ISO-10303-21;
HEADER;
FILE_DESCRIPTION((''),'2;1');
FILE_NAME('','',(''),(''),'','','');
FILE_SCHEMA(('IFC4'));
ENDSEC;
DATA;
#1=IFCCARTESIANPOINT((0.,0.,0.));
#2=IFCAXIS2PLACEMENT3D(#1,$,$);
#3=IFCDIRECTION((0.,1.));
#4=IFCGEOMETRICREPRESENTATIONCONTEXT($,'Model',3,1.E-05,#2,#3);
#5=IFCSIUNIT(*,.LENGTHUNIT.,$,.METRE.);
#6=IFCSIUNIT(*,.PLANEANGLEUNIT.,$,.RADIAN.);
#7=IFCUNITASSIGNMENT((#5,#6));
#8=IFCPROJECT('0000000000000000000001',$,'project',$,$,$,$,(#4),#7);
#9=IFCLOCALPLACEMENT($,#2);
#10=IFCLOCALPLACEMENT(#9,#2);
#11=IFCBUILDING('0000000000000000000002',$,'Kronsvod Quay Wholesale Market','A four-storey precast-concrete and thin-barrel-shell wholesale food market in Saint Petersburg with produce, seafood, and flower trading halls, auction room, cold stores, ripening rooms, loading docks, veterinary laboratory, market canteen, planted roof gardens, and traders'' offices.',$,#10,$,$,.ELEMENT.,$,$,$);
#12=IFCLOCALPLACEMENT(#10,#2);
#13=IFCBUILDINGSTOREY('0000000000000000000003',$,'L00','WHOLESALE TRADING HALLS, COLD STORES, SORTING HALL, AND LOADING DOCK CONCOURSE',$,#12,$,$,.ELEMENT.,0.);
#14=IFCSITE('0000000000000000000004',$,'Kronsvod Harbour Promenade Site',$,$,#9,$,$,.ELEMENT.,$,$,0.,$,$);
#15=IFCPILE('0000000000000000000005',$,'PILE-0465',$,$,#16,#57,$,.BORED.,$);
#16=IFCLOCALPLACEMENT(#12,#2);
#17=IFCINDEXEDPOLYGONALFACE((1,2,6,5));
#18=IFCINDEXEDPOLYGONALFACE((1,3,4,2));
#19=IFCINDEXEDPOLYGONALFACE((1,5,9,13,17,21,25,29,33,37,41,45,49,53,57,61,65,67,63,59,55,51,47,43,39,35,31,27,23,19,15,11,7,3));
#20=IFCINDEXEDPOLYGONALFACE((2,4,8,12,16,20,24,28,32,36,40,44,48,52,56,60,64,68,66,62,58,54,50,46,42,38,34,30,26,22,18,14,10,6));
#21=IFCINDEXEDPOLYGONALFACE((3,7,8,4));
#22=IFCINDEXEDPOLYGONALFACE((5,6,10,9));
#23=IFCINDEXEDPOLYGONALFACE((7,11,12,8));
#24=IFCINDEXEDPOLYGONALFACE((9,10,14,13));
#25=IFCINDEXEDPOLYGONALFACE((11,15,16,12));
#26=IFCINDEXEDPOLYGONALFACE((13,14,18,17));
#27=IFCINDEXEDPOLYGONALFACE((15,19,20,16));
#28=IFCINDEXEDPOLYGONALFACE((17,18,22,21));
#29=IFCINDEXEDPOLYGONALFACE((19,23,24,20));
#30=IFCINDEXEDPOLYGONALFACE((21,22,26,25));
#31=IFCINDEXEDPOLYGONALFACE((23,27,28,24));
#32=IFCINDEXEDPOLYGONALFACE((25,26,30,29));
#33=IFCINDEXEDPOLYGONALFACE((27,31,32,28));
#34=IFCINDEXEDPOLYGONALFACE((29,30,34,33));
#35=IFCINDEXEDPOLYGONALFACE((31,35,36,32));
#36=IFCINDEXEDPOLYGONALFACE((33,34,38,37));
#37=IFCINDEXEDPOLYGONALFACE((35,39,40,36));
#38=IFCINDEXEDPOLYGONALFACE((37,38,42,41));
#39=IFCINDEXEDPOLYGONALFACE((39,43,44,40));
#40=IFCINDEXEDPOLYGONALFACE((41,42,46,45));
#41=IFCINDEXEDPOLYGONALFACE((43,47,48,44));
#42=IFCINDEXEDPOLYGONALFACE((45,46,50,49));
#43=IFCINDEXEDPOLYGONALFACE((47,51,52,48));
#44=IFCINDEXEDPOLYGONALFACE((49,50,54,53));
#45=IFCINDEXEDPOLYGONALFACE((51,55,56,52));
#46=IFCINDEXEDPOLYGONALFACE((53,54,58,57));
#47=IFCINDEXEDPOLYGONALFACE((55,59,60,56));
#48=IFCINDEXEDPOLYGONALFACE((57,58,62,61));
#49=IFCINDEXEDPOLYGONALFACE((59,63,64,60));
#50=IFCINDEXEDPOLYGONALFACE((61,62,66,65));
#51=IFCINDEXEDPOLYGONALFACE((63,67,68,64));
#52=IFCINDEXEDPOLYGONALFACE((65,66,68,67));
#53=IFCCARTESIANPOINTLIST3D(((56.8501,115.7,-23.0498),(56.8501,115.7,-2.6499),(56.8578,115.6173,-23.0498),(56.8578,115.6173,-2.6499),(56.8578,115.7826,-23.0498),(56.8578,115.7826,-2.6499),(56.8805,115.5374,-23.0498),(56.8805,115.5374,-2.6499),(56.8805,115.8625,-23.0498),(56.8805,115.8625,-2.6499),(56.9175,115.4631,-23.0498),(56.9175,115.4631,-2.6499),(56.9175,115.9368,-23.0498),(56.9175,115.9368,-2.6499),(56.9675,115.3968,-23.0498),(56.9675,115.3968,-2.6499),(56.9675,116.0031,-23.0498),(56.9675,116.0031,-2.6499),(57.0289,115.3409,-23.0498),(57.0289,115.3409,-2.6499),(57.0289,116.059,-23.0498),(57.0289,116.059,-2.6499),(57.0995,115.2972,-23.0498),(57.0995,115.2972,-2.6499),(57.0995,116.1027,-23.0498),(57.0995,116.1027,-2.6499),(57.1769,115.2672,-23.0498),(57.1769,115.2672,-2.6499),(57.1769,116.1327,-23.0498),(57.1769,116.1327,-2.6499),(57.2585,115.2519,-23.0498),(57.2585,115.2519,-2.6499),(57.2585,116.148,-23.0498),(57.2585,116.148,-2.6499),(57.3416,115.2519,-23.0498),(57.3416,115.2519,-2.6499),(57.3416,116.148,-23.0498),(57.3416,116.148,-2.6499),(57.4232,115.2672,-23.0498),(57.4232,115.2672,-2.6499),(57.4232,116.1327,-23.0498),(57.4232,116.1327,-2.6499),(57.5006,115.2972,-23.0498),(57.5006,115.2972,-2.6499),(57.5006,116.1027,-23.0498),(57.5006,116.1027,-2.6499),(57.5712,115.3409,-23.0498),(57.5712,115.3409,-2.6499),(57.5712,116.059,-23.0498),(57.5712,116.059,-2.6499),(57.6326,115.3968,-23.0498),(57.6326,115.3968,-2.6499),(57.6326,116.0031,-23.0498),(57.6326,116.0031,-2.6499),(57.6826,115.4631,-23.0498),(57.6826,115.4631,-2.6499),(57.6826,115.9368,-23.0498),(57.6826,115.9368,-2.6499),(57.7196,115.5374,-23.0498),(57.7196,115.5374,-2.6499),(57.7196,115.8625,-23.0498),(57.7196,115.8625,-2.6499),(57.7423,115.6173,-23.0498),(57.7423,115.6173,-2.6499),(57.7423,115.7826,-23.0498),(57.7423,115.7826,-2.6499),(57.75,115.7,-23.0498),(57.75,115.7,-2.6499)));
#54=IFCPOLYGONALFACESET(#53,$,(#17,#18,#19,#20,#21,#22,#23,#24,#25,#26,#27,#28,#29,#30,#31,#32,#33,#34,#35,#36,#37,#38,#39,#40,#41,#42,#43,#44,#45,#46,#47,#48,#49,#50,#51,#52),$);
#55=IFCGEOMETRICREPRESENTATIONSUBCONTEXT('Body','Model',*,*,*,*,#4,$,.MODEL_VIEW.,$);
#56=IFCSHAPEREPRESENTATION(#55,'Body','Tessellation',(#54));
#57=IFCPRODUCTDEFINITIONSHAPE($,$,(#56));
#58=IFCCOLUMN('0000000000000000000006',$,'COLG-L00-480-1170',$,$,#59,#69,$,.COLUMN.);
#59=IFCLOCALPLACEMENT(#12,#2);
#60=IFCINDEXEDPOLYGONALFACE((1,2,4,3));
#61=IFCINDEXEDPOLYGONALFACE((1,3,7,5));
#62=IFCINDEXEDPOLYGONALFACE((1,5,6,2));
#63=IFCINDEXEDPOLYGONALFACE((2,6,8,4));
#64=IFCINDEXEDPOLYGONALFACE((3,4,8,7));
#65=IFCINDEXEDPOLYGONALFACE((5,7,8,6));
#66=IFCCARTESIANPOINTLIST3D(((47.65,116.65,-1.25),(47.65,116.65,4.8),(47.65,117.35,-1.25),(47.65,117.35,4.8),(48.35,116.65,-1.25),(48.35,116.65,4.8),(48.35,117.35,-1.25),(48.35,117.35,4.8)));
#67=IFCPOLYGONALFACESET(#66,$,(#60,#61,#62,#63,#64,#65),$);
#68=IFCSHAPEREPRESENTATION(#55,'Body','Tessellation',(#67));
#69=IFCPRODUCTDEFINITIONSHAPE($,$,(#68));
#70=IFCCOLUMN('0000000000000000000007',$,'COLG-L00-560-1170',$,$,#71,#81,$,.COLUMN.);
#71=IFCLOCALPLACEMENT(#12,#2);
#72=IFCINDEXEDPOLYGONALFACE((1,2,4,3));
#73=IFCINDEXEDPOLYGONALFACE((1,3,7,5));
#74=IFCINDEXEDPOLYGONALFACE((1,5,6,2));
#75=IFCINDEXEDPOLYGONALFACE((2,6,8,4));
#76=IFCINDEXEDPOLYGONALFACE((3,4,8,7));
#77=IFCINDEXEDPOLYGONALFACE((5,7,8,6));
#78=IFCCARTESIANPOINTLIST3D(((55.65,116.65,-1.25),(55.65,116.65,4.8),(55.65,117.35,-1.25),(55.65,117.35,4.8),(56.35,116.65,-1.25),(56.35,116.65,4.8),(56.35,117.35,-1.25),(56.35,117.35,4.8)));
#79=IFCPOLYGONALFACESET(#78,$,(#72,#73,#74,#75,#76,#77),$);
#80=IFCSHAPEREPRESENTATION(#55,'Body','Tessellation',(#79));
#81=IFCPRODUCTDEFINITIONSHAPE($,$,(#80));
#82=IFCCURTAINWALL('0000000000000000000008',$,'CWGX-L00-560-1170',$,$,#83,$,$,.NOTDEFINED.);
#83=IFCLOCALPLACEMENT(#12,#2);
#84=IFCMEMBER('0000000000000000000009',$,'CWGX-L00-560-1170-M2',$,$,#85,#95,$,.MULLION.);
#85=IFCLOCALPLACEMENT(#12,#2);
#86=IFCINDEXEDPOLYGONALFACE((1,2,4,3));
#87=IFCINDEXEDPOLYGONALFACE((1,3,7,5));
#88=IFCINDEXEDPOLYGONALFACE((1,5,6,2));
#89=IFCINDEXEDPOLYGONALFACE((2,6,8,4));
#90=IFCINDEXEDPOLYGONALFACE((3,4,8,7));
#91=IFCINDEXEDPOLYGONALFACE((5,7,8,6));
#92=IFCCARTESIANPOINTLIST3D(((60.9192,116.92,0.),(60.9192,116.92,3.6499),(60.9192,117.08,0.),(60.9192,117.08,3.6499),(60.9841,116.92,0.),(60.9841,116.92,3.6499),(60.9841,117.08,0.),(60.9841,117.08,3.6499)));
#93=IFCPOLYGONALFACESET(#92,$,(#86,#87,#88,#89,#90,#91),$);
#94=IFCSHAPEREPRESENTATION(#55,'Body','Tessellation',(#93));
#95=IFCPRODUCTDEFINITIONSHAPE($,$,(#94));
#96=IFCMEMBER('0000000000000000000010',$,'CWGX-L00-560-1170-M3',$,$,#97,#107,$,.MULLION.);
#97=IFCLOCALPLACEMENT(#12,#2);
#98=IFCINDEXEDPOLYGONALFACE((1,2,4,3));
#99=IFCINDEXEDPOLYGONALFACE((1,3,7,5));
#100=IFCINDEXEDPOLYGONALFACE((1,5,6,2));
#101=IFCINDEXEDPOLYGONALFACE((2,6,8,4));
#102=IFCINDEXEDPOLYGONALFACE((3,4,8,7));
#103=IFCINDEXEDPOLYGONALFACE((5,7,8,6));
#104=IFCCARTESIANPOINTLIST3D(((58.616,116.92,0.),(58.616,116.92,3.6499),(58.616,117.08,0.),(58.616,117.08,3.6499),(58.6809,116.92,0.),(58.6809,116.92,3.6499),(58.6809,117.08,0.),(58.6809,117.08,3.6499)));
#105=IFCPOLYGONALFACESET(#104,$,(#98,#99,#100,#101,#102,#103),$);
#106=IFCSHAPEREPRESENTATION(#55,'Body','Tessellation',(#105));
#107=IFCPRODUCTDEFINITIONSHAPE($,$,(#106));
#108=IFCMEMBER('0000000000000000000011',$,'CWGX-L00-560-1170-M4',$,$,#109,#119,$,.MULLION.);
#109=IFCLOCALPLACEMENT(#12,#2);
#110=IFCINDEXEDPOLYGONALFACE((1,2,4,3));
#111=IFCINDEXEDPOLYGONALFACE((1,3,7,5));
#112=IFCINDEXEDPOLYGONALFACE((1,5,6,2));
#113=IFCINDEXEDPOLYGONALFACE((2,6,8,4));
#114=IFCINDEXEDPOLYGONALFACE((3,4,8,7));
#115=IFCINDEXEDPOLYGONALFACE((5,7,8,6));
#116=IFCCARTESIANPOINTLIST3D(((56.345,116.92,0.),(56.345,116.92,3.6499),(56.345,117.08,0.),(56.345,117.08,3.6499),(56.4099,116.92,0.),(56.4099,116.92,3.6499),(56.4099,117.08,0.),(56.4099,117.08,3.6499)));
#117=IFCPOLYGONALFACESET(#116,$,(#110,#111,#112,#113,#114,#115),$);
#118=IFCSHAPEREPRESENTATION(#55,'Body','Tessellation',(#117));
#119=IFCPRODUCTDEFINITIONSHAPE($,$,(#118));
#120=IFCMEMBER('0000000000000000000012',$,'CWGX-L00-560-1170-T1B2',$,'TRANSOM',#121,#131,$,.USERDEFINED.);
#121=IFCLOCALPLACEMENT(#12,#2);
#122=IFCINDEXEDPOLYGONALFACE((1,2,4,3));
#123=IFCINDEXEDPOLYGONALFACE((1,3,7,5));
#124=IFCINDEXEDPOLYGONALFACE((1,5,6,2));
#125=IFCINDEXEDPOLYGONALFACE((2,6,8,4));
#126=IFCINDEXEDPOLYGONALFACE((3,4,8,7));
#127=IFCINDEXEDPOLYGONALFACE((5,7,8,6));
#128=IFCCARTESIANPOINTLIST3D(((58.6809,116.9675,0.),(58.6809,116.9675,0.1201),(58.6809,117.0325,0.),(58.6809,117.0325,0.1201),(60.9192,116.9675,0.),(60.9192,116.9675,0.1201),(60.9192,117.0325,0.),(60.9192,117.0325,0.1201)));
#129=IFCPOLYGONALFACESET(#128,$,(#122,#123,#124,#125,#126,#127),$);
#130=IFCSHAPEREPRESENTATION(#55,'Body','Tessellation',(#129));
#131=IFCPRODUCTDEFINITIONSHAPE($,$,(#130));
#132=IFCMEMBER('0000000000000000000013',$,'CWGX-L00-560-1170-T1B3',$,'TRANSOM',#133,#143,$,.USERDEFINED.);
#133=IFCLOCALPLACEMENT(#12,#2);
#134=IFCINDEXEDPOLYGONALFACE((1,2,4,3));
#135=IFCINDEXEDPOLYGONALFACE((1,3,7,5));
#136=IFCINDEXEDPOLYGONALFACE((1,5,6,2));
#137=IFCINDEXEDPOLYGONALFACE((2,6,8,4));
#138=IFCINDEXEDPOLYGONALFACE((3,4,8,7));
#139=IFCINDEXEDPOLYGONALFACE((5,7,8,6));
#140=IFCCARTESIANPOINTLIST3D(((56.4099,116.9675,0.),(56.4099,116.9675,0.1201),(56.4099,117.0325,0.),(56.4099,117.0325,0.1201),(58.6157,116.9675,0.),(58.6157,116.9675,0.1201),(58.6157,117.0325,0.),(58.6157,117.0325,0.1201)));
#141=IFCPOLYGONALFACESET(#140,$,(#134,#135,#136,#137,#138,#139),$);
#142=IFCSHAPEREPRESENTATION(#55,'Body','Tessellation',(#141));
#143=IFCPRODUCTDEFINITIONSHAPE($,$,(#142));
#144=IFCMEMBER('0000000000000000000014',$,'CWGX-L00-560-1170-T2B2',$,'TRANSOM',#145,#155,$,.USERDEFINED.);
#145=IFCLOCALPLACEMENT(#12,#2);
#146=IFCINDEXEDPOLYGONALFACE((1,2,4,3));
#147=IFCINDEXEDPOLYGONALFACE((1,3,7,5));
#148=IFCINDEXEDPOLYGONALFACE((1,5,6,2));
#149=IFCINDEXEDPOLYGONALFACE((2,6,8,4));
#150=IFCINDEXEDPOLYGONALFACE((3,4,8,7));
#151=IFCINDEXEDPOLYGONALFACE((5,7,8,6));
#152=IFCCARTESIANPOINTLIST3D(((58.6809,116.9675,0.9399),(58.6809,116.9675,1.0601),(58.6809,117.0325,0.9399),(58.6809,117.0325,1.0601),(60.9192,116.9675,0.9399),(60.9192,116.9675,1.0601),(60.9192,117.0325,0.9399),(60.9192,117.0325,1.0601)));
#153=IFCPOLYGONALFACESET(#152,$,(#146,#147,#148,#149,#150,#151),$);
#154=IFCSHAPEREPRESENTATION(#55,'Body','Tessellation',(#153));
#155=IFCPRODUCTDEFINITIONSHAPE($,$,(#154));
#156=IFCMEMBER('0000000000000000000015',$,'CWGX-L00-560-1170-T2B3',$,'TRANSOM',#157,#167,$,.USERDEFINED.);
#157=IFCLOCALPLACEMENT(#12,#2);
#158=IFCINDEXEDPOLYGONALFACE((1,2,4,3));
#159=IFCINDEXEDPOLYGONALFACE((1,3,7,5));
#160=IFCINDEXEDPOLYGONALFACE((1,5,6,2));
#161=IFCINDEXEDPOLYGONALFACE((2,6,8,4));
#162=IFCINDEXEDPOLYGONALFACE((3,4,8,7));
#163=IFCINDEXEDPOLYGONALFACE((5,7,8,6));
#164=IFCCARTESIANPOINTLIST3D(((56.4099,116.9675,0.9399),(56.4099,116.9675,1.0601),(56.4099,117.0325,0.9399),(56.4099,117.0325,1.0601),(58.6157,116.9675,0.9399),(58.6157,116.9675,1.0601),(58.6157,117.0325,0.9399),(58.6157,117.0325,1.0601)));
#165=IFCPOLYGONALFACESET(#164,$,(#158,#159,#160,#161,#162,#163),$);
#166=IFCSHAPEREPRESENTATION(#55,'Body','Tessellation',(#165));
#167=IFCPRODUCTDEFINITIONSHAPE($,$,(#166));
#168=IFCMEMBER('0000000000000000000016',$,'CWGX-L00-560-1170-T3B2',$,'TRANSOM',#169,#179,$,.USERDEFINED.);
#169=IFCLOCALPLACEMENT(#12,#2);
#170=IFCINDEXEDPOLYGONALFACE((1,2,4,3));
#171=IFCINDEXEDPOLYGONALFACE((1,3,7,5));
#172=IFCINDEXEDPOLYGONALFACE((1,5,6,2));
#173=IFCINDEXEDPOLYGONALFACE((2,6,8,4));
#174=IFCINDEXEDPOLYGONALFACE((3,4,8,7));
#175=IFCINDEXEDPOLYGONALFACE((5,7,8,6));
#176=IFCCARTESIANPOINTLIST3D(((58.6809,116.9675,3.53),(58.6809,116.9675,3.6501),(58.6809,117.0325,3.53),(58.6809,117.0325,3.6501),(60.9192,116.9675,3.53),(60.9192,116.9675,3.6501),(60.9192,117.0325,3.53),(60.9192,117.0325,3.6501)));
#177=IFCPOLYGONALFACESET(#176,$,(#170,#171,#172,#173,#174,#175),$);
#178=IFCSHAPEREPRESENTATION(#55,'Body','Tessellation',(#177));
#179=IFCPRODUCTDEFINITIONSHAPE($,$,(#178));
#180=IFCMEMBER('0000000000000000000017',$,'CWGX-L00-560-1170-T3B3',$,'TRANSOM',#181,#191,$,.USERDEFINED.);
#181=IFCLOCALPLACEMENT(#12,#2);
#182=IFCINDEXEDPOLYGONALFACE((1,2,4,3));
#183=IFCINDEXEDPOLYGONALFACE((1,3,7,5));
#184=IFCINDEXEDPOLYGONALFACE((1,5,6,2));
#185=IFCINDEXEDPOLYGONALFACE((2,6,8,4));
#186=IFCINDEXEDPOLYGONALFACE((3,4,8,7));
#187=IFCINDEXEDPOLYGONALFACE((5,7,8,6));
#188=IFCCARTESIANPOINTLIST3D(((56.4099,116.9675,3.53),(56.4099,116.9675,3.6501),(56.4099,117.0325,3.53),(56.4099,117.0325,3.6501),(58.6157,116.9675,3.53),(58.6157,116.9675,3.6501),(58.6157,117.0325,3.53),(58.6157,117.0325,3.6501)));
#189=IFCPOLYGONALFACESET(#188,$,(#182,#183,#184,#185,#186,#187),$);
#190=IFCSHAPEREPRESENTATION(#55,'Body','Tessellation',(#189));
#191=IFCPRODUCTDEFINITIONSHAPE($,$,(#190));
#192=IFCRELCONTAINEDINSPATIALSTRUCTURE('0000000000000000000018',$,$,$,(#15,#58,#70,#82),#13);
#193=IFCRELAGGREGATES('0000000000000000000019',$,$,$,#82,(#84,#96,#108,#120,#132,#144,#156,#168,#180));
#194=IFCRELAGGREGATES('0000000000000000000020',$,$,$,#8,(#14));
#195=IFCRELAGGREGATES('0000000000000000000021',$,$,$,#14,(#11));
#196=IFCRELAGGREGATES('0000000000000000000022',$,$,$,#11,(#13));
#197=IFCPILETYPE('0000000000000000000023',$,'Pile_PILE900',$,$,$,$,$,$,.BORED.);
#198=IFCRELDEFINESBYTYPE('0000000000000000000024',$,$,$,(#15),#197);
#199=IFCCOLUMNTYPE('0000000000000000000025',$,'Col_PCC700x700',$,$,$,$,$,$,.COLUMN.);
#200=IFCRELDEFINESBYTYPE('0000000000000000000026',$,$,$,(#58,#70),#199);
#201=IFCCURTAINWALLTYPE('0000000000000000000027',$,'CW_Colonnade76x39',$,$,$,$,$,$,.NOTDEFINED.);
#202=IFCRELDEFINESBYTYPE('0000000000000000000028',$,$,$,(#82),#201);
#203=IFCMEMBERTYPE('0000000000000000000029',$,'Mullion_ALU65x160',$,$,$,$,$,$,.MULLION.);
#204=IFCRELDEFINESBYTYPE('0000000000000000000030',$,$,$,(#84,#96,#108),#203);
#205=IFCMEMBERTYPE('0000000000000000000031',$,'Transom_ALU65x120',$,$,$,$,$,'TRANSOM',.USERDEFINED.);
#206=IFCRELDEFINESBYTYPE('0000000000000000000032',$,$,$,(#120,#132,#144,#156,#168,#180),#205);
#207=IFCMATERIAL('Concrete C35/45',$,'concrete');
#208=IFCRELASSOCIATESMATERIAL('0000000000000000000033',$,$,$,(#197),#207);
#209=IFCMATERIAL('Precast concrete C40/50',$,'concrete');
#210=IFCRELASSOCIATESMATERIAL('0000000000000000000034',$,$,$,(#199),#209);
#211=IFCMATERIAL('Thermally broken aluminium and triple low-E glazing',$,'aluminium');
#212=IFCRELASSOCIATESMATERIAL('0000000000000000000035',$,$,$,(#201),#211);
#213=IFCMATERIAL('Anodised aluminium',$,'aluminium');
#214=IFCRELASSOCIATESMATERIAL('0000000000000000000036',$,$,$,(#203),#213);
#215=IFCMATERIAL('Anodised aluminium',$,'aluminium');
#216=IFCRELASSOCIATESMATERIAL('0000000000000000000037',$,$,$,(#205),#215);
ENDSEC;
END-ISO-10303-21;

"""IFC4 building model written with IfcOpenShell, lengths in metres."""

from ifc_helpers import new_model, si_unit, direction, frame, origin, origin_2d, place, context, subcontext, project, spatial, rectangle, circle, extrude, material, material_profile, profile_set, type_object, element, aggregate, save


model = new_model("IFC4")

# Units and contexts
model_context = context("Model", 3, precision=1e-05, world=origin(), true_north=direction((0.0, 1.0)))
body_context = subcontext(model_context, "Body", "Model", "MODEL_VIEW")
ifc_project = project(units=[si_unit("LENGTHUNIT", "METRE"), si_unit("PLANEANGLEUNIT", "RADIAN")], contexts=[model_context])

# Site, building, storey
site_placement = place(None, origin())
site = spatial("IfcSite", under=ifc_project, at=site_placement, Name="Kronsvod Harbour Promenade Site", CompositionType="ELEMENT", RefElevation=0.0)
building_placement = place(site_placement, origin())
building = spatial("IfcBuilding", under=site, at=building_placement, Name="Kronsvod Quay Wholesale Market", Description="A four-storey precast-concrete and thin-barrel-shell wholesale food market in Saint Petersburg with produce, seafood, and flower trading halls, auction room, cold stores, ripening rooms, loading docks, veterinary laboratory, market canteen, planted roof gardens, and traders' offices.", CompositionType="ELEMENT")
storey_placement = place(building_placement, origin())
storey = spatial("IfcBuildingStorey", under=building, at=storey_placement, Name="L00", Description="WHOLESALE TRADING HALLS, COLD STORES, SORTING HALL, AND LOADING DOCK CONCOURSE", CompositionType="ELEMENT", Elevation=0.0)

# Pile
ifc_material_1 = material(Name="Concrete C35/45", Category="concrete")
ifc_material_profile_1 = material_profile(ifc_material_1, circle(Radius=0.45, at=origin_2d()), Name="PILE900")
ifc_profile_set_1 = profile_set([ifc_material_profile_1], Name="Concrete C35/45")
pile_type = type_object("IfcPileType", Name="Pile_PILE900", PredefinedType="BORED", material=ifc_profile_set_1)
for number, where, z_axis, x_axis, name in (
    (1, (57.3, 115.7, -2.6499), (0.0, 0.0, -1.0), (1.0, 0.0, 0.0), "PILE-0465"),
):
    element("IfcPile", number, at=place(storey_placement, frame(where, z_axis=z_axis, x_axis=x_axis)), inside=storey, type_object=pile_type, Name=name, PredefinedType="BORED", context=body_context, shape_type="SweptSolid", body=[
        extrude(circle(Radius=0.45, at=origin_2d()), origin(), (0.0, 0.0, 1.0), 20.3999),
    ])

# Columns
ifc_material_2 = material(Name="Precast concrete C40/50", Category="concrete")
ifc_material_profile_2 = material_profile(ifc_material_2, rectangle(XDim=0.7, YDim=0.7, at=origin_2d()), Name="PCC700x700")
ifc_profile_set_2 = profile_set([ifc_material_profile_2], Name="Precast concrete C40/50")
column_type = type_object("IfcColumnType", Name="Col_PCC700x700", PredefinedType="COLUMN", material=ifc_profile_set_2)
for number, where, z_axis, x_axis, name in (
    (2, (48.0, 117.0, -1.25), (0.0, 0.0, 1.0), (1.0, 0.0, 0.0), "COLG-L00-480-1170"),
    (3, (56.0, 117.0, -1.25), (0.0, 0.0, 1.0), (1.0, 0.0, 0.0), "COLG-L00-560-1170"),
):
    element("IfcColumn", number, at=place(storey_placement, frame(where, z_axis=z_axis, x_axis=x_axis)), inside=storey, type_object=column_type, Name=name, PredefinedType="COLUMN", context=body_context, shape_type="SweptSolid", body=[
        extrude(rectangle(XDim=0.7, YDim=0.7, at=origin_2d()), origin(), (0.0, 0.0, 1.0), 6.05),
    ])

# Curtain wall, members
ifc_material_3 = material(Name="Thermally broken aluminium and triple low-E glazing", Category="aluminium")
curtain_wall_type = type_object("IfcCurtainWallType", Name="CW_Colonnade76x39", PredefinedType="NOTDEFINED", material=ifc_material_3)
curtain_wall_placement = place(storey_placement, origin())
curtain_wall = element("IfcCurtainWall", 4, at=curtain_wall_placement, inside=storey, type_object=curtain_wall_type, Name="CWGX-L00-560-1170", PredefinedType="NOTDEFINED")
ifc_material_4 = material(Name="Anodised aluminium", Category="aluminium")
ifc_material_profile_3 = material_profile(ifc_material_4, rectangle(XDim=0.0649, YDim=0.1599, at=origin_2d()), Name="ALUM65x160")
ifc_profile_set_3 = profile_set([ifc_material_profile_3], Name="Anodised aluminium")
member_type_1 = type_object("IfcMemberType", Name="Mullion_ALU65x160", PredefinedType="MULLION", material=ifc_profile_set_3)
member_1_placement = place(storey_placement, frame((60.9517, 117.0, 0.0), z_axis=(0.0, 0.0, 1.0), x_axis=(1.0, 0.0, 0.0)))
member_1 = element("IfcMember", 5, at=member_1_placement, type_object=member_type_1, Name="CWGX-L00-560-1170-M2", PredefinedType="MULLION", context=body_context, shape_type="SweptSolid", body=[
    extrude(rectangle(XDim=0.0649, YDim=0.1599, at=origin_2d()), origin(), (0.0, 0.0, 1.0), 3.6499),
])
member_2_placement = place(storey_placement, frame((58.6484, 117.0, 0.0), z_axis=(0.0, 0.0, 1.0), x_axis=(1.0, 0.0, 0.0)))
member_2 = element("IfcMember", 6, at=member_2_placement, type_object=member_type_1, Name="CWGX-L00-560-1170-M3", PredefinedType="MULLION", context=body_context, shape_type="SweptSolid", body=[
    extrude(rectangle(XDim=0.0649, YDim=0.1599, at=origin_2d()), origin(), (0.0, 0.0, 1.0), 3.6499),
])
member_3_placement = place(storey_placement, frame((56.3774, 117.0, 0.0), z_axis=(0.0, 0.0, 1.0), x_axis=(1.0, 0.0, 0.0)))
member_3 = element("IfcMember", 7, at=member_3_placement, type_object=member_type_1, Name="CWGX-L00-560-1170-M4", PredefinedType="MULLION", context=body_context, shape_type="SweptSolid", body=[
    extrude(rectangle(XDim=0.0649, YDim=0.1599, at=origin_2d()), origin(), (0.0, 0.0, 1.0), 3.6499),
])
ifc_material_5 = material(Name="Anodised aluminium", Category="aluminium")
ifc_material_profile_4 = material_profile(ifc_material_5, rectangle(XDim=0.0649, YDim=0.1201, at=origin_2d()), Name="ALUT65x120")
ifc_profile_set_4 = profile_set([ifc_material_profile_4], Name="Anodised aluminium")
member_type_2 = type_object("IfcMemberType", Name="Transom_ALU65x120", ElementType="TRANSOM", PredefinedType="USERDEFINED", material=ifc_profile_set_4)
member_4_placement = place(storey_placement, frame((60.9192, 117.0, 0.0601), z_axis=(-1.0, 0.0, 0.0), x_axis=(0.0, -1.0, 0.0)))
member_4 = element("IfcMember", 8, at=member_4_placement, type_object=member_type_2, Name="CWGX-L00-560-1170-T1B2", ObjectType="TRANSOM", PredefinedType="USERDEFINED", context=body_context, shape_type="SweptSolid", body=[
    extrude(rectangle(XDim=0.0649, YDim=0.1201, at=origin_2d()), origin(), (0.0, 0.0, 1.0), 2.2383),
])
member_5_placement = place(storey_placement, frame((58.6157, 117.0, 0.0601), z_axis=(-1.0, 0.0, 0.0), x_axis=(0.0, -1.0, 0.0)))
member_5 = element("IfcMember", 9, at=member_5_placement, type_object=member_type_2, Name="CWGX-L00-560-1170-T1B3", ObjectType="TRANSOM", PredefinedType="USERDEFINED", context=body_context, shape_type="SweptSolid", body=[
    extrude(rectangle(XDim=0.0649, YDim=0.1201, at=origin_2d()), origin(), (0.0, 0.0, 1.0), 2.2058),
])
member_6_placement = place(storey_placement, frame((60.9192, 117.0, 1.0), z_axis=(-1.0, 0.0, 0.0), x_axis=(0.0, -1.0, 0.0)))
member_6 = element("IfcMember", 10, at=member_6_placement, type_object=member_type_2, Name="CWGX-L00-560-1170-T2B2", ObjectType="TRANSOM", PredefinedType="USERDEFINED", context=body_context, shape_type="SweptSolid", body=[
    extrude(rectangle(XDim=0.0649, YDim=0.1201, at=origin_2d()), origin(), (0.0, 0.0, 1.0), 2.2383),
])
member_7_placement = place(storey_placement, frame((58.6157, 117.0, 1.0), z_axis=(-1.0, 0.0, 0.0), x_axis=(0.0, -1.0, 0.0)))
member_7 = element("IfcMember", 11, at=member_7_placement, type_object=member_type_2, Name="CWGX-L00-560-1170-T2B3", ObjectType="TRANSOM", PredefinedType="USERDEFINED", context=body_context, shape_type="SweptSolid", body=[
    extrude(rectangle(XDim=0.0649, YDim=0.1201, at=origin_2d()), origin(), (0.0, 0.0, 1.0), 2.2058),
])
member_8_placement = place(storey_placement, frame((60.9192, 117.0, 3.5901), z_axis=(-1.0, 0.0, 0.0), x_axis=(0.0, -1.0, 0.0)))
member_8 = element("IfcMember", 12, at=member_8_placement, type_object=member_type_2, Name="CWGX-L00-560-1170-T3B2", ObjectType="TRANSOM", PredefinedType="USERDEFINED", context=body_context, shape_type="SweptSolid", body=[
    extrude(rectangle(XDim=0.0649, YDim=0.1201, at=origin_2d()), origin(), (0.0, 0.0, 1.0), 2.2383),
])
member_9_placement = place(storey_placement, frame((58.6157, 117.0, 3.5901), z_axis=(-1.0, 0.0, 0.0), x_axis=(0.0, -1.0, 0.0)))
member_9 = element("IfcMember", 13, at=member_9_placement, type_object=member_type_2, Name="CWGX-L00-560-1170-T3B3", ObjectType="TRANSOM", PredefinedType="USERDEFINED", context=body_context, shape_type="SweptSolid", body=[
    extrude(rectangle(XDim=0.0649, YDim=0.1201, at=origin_2d()), origin(), (0.0, 0.0, 1.0), 2.2058),
])
aggregate(curtain_wall, [member_1, member_2, member_3, member_4, member_5, member_6, member_7, member_8, member_9])

save(model, "model.ifc")
